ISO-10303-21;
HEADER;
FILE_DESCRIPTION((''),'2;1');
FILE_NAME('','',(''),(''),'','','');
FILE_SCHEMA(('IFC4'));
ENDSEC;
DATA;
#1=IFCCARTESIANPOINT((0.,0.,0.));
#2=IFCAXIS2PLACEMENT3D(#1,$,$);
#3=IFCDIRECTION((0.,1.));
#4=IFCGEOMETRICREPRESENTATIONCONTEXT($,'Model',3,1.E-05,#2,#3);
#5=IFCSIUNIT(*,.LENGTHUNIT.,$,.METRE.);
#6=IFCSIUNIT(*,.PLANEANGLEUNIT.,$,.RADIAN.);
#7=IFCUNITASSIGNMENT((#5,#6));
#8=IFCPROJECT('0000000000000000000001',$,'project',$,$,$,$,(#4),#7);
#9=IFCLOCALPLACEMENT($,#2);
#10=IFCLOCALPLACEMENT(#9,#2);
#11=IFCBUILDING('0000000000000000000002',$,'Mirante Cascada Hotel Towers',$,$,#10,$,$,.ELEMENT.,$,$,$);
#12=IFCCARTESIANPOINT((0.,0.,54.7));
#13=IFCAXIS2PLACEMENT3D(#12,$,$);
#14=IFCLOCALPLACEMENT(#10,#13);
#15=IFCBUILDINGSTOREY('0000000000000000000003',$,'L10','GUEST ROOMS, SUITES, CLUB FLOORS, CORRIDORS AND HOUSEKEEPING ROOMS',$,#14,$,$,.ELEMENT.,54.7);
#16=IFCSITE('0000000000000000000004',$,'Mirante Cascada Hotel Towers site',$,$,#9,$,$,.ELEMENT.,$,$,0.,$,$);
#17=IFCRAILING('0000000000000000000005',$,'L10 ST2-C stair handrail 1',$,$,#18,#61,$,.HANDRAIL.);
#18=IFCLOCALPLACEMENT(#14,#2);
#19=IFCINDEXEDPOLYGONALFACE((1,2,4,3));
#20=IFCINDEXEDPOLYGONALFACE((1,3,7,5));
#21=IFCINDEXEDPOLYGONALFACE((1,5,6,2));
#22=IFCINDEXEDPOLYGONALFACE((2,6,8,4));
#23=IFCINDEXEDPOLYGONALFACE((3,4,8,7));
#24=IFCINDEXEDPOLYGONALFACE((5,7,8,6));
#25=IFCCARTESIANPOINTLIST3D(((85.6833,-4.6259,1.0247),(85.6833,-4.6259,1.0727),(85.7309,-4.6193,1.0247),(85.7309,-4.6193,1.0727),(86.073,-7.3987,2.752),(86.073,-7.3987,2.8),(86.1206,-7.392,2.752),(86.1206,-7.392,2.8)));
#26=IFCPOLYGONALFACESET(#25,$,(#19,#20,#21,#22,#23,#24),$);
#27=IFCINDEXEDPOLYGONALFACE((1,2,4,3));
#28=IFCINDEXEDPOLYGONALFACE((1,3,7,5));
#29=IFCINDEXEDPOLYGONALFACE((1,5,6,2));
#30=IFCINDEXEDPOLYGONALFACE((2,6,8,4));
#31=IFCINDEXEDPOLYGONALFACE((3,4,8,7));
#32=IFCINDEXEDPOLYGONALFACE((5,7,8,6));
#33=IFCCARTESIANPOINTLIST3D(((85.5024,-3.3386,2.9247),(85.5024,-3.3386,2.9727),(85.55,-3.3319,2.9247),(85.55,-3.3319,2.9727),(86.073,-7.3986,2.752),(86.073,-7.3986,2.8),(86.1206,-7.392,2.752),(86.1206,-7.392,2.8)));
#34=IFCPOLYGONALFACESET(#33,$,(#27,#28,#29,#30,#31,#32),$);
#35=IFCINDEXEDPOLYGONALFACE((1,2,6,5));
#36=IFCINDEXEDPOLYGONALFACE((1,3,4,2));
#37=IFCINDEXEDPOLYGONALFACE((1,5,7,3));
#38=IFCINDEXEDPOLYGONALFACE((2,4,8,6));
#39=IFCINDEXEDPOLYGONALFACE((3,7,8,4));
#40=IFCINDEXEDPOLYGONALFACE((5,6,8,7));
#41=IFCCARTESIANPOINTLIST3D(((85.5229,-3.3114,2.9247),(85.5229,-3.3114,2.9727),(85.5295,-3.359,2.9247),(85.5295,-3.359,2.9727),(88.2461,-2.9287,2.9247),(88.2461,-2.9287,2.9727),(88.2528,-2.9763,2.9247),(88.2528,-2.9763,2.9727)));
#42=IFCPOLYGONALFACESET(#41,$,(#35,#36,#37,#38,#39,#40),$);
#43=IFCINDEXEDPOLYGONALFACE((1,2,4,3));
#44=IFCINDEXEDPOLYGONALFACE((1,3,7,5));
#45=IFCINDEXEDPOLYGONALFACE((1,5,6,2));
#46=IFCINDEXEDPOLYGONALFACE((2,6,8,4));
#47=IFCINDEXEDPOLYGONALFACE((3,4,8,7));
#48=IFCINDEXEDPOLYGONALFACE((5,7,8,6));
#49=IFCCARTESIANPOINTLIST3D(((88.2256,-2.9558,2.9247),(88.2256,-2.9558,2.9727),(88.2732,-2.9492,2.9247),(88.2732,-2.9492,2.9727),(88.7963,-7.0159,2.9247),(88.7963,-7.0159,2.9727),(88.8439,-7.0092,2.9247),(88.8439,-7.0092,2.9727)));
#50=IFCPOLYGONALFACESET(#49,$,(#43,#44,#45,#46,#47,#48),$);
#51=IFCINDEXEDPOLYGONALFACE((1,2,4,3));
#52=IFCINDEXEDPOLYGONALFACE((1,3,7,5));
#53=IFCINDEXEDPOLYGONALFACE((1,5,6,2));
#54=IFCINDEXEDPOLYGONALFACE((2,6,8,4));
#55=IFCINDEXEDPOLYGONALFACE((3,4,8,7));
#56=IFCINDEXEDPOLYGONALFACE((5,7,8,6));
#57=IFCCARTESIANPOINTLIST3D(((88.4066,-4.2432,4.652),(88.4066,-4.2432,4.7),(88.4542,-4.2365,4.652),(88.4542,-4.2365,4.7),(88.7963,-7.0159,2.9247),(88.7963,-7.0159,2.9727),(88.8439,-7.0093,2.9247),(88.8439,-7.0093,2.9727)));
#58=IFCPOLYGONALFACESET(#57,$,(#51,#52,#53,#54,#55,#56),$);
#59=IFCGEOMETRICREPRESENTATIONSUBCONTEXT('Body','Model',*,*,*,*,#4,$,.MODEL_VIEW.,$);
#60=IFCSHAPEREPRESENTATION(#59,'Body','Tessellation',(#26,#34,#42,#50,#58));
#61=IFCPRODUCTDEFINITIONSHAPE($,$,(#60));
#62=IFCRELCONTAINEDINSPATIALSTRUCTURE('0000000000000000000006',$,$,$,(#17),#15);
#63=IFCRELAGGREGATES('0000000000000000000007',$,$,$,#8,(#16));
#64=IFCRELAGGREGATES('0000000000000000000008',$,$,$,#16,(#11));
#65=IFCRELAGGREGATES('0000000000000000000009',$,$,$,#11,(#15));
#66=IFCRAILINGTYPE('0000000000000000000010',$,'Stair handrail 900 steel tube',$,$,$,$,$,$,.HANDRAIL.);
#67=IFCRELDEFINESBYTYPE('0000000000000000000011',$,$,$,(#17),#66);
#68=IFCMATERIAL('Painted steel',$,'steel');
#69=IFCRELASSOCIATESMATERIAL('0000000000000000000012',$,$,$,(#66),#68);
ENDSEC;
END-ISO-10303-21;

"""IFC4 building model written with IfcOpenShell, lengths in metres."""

from ifc_helpers import new_model, si_unit, direction, frame, origin, origin_2d, place, context, subcontext, project, spatial, rectangle, extrude, material, type_object, element, save


model = new_model("IFC4")

# Units and contexts
model_context = context("Model", 3, precision=1e-05, world=origin(), true_north=direction((0.0, 1.0)))
body_context = subcontext(model_context, "Body", "Model", "MODEL_VIEW")
ifc_project = project(units=[si_unit("LENGTHUNIT", "METRE"), si_unit("PLANEANGLEUNIT", "RADIAN")], contexts=[model_context])

# Site, building, storey
site_placement = place(None, origin())
site = spatial("IfcSite", under=ifc_project, at=site_placement, Name="Mirante Cascada Hotel Towers site", CompositionType="ELEMENT", RefElevation=0.0)
building_placement = place(site_placement, origin())
building = spatial("IfcBuilding", under=site, at=building_placement, Name="Mirante Cascada Hotel Towers", CompositionType="ELEMENT")
storey_placement = place(building_placement, frame((0.0, 0.0, 54.7)))
storey = spatial("IfcBuildingStorey", under=building, at=storey_placement, Name="L10", Description="GUEST ROOMS, SUITES, CLUB FLOORS, CORRIDORS AND HOUSEKEEPING ROOMS", CompositionType="ELEMENT", Elevation=54.7)

# Railing
ifc_material_1 = material(Name="Painted steel", Category="steel")
railing_type_1 = type_object("IfcRailingType", Name="Stair handrail 900 steel tube", PredefinedType="HANDRAIL", material=ifc_material_1)
railing_1_placement = place(storey_placement, frame((85.7071, -4.6226, 0.1727)))
element("IfcRailing", 1, at=railing_1_placement, inside=storey, type_object=railing_type_1, Name="L10 ST2-C stair handrail 1", PredefinedType="HANDRAIL", context=body_context, shape_type="SweptSolid", body=[
    extrude(rectangle(XDim=0.048, YDim=0.048, at=origin_2d()), frame((0.0, 0.0, 0.876), z_axis=(0.139181, -0.990267, 0.0), x_axis=(0.990267, 0.139181, 0.0)), (0.0, 0.525035, 0.851081), 3.2899),
    extrude(rectangle(XDim=0.048, YDim=0.048, at=origin_2d()), frame((0.3897, -2.7727, 2.6033), z_axis=(-0.139171, 0.990268, 0.0), x_axis=(-0.990268, -0.139171, 0.0)), (0.0, 0.042085, 0.999114), 4.1036),
    extrude(rectangle(XDim=0.048, YDim=0.048, at=origin_2d()), frame((-0.1809, 1.2874, 2.776), z_axis=(0.990269, 0.139166, 0.0), x_axis=(-0.139166, 0.990269, 0.0)), (0.0, 0.0, 1.0), 2.75),
    extrude(rectangle(XDim=0.048, YDim=0.048, at=origin_2d()), frame((2.5423, 1.6701, 2.776), z_axis=(0.139195, -0.990265, 0.0), x_axis=(0.990265, 0.139195, 0.0)), (0.0, 0.0, 1.0), 4.1),
    extrude(rectangle(XDim=0.048, YDim=0.048, at=origin_2d()), frame((3.113, -2.39, 2.776), z_axis=(-0.139181, 0.990267, 0.0), x_axis=(-0.990267, -0.139181, 0.0)), (0.0, 0.525035, 0.851081), 3.2899),
])

save(model, "model.ifc")
